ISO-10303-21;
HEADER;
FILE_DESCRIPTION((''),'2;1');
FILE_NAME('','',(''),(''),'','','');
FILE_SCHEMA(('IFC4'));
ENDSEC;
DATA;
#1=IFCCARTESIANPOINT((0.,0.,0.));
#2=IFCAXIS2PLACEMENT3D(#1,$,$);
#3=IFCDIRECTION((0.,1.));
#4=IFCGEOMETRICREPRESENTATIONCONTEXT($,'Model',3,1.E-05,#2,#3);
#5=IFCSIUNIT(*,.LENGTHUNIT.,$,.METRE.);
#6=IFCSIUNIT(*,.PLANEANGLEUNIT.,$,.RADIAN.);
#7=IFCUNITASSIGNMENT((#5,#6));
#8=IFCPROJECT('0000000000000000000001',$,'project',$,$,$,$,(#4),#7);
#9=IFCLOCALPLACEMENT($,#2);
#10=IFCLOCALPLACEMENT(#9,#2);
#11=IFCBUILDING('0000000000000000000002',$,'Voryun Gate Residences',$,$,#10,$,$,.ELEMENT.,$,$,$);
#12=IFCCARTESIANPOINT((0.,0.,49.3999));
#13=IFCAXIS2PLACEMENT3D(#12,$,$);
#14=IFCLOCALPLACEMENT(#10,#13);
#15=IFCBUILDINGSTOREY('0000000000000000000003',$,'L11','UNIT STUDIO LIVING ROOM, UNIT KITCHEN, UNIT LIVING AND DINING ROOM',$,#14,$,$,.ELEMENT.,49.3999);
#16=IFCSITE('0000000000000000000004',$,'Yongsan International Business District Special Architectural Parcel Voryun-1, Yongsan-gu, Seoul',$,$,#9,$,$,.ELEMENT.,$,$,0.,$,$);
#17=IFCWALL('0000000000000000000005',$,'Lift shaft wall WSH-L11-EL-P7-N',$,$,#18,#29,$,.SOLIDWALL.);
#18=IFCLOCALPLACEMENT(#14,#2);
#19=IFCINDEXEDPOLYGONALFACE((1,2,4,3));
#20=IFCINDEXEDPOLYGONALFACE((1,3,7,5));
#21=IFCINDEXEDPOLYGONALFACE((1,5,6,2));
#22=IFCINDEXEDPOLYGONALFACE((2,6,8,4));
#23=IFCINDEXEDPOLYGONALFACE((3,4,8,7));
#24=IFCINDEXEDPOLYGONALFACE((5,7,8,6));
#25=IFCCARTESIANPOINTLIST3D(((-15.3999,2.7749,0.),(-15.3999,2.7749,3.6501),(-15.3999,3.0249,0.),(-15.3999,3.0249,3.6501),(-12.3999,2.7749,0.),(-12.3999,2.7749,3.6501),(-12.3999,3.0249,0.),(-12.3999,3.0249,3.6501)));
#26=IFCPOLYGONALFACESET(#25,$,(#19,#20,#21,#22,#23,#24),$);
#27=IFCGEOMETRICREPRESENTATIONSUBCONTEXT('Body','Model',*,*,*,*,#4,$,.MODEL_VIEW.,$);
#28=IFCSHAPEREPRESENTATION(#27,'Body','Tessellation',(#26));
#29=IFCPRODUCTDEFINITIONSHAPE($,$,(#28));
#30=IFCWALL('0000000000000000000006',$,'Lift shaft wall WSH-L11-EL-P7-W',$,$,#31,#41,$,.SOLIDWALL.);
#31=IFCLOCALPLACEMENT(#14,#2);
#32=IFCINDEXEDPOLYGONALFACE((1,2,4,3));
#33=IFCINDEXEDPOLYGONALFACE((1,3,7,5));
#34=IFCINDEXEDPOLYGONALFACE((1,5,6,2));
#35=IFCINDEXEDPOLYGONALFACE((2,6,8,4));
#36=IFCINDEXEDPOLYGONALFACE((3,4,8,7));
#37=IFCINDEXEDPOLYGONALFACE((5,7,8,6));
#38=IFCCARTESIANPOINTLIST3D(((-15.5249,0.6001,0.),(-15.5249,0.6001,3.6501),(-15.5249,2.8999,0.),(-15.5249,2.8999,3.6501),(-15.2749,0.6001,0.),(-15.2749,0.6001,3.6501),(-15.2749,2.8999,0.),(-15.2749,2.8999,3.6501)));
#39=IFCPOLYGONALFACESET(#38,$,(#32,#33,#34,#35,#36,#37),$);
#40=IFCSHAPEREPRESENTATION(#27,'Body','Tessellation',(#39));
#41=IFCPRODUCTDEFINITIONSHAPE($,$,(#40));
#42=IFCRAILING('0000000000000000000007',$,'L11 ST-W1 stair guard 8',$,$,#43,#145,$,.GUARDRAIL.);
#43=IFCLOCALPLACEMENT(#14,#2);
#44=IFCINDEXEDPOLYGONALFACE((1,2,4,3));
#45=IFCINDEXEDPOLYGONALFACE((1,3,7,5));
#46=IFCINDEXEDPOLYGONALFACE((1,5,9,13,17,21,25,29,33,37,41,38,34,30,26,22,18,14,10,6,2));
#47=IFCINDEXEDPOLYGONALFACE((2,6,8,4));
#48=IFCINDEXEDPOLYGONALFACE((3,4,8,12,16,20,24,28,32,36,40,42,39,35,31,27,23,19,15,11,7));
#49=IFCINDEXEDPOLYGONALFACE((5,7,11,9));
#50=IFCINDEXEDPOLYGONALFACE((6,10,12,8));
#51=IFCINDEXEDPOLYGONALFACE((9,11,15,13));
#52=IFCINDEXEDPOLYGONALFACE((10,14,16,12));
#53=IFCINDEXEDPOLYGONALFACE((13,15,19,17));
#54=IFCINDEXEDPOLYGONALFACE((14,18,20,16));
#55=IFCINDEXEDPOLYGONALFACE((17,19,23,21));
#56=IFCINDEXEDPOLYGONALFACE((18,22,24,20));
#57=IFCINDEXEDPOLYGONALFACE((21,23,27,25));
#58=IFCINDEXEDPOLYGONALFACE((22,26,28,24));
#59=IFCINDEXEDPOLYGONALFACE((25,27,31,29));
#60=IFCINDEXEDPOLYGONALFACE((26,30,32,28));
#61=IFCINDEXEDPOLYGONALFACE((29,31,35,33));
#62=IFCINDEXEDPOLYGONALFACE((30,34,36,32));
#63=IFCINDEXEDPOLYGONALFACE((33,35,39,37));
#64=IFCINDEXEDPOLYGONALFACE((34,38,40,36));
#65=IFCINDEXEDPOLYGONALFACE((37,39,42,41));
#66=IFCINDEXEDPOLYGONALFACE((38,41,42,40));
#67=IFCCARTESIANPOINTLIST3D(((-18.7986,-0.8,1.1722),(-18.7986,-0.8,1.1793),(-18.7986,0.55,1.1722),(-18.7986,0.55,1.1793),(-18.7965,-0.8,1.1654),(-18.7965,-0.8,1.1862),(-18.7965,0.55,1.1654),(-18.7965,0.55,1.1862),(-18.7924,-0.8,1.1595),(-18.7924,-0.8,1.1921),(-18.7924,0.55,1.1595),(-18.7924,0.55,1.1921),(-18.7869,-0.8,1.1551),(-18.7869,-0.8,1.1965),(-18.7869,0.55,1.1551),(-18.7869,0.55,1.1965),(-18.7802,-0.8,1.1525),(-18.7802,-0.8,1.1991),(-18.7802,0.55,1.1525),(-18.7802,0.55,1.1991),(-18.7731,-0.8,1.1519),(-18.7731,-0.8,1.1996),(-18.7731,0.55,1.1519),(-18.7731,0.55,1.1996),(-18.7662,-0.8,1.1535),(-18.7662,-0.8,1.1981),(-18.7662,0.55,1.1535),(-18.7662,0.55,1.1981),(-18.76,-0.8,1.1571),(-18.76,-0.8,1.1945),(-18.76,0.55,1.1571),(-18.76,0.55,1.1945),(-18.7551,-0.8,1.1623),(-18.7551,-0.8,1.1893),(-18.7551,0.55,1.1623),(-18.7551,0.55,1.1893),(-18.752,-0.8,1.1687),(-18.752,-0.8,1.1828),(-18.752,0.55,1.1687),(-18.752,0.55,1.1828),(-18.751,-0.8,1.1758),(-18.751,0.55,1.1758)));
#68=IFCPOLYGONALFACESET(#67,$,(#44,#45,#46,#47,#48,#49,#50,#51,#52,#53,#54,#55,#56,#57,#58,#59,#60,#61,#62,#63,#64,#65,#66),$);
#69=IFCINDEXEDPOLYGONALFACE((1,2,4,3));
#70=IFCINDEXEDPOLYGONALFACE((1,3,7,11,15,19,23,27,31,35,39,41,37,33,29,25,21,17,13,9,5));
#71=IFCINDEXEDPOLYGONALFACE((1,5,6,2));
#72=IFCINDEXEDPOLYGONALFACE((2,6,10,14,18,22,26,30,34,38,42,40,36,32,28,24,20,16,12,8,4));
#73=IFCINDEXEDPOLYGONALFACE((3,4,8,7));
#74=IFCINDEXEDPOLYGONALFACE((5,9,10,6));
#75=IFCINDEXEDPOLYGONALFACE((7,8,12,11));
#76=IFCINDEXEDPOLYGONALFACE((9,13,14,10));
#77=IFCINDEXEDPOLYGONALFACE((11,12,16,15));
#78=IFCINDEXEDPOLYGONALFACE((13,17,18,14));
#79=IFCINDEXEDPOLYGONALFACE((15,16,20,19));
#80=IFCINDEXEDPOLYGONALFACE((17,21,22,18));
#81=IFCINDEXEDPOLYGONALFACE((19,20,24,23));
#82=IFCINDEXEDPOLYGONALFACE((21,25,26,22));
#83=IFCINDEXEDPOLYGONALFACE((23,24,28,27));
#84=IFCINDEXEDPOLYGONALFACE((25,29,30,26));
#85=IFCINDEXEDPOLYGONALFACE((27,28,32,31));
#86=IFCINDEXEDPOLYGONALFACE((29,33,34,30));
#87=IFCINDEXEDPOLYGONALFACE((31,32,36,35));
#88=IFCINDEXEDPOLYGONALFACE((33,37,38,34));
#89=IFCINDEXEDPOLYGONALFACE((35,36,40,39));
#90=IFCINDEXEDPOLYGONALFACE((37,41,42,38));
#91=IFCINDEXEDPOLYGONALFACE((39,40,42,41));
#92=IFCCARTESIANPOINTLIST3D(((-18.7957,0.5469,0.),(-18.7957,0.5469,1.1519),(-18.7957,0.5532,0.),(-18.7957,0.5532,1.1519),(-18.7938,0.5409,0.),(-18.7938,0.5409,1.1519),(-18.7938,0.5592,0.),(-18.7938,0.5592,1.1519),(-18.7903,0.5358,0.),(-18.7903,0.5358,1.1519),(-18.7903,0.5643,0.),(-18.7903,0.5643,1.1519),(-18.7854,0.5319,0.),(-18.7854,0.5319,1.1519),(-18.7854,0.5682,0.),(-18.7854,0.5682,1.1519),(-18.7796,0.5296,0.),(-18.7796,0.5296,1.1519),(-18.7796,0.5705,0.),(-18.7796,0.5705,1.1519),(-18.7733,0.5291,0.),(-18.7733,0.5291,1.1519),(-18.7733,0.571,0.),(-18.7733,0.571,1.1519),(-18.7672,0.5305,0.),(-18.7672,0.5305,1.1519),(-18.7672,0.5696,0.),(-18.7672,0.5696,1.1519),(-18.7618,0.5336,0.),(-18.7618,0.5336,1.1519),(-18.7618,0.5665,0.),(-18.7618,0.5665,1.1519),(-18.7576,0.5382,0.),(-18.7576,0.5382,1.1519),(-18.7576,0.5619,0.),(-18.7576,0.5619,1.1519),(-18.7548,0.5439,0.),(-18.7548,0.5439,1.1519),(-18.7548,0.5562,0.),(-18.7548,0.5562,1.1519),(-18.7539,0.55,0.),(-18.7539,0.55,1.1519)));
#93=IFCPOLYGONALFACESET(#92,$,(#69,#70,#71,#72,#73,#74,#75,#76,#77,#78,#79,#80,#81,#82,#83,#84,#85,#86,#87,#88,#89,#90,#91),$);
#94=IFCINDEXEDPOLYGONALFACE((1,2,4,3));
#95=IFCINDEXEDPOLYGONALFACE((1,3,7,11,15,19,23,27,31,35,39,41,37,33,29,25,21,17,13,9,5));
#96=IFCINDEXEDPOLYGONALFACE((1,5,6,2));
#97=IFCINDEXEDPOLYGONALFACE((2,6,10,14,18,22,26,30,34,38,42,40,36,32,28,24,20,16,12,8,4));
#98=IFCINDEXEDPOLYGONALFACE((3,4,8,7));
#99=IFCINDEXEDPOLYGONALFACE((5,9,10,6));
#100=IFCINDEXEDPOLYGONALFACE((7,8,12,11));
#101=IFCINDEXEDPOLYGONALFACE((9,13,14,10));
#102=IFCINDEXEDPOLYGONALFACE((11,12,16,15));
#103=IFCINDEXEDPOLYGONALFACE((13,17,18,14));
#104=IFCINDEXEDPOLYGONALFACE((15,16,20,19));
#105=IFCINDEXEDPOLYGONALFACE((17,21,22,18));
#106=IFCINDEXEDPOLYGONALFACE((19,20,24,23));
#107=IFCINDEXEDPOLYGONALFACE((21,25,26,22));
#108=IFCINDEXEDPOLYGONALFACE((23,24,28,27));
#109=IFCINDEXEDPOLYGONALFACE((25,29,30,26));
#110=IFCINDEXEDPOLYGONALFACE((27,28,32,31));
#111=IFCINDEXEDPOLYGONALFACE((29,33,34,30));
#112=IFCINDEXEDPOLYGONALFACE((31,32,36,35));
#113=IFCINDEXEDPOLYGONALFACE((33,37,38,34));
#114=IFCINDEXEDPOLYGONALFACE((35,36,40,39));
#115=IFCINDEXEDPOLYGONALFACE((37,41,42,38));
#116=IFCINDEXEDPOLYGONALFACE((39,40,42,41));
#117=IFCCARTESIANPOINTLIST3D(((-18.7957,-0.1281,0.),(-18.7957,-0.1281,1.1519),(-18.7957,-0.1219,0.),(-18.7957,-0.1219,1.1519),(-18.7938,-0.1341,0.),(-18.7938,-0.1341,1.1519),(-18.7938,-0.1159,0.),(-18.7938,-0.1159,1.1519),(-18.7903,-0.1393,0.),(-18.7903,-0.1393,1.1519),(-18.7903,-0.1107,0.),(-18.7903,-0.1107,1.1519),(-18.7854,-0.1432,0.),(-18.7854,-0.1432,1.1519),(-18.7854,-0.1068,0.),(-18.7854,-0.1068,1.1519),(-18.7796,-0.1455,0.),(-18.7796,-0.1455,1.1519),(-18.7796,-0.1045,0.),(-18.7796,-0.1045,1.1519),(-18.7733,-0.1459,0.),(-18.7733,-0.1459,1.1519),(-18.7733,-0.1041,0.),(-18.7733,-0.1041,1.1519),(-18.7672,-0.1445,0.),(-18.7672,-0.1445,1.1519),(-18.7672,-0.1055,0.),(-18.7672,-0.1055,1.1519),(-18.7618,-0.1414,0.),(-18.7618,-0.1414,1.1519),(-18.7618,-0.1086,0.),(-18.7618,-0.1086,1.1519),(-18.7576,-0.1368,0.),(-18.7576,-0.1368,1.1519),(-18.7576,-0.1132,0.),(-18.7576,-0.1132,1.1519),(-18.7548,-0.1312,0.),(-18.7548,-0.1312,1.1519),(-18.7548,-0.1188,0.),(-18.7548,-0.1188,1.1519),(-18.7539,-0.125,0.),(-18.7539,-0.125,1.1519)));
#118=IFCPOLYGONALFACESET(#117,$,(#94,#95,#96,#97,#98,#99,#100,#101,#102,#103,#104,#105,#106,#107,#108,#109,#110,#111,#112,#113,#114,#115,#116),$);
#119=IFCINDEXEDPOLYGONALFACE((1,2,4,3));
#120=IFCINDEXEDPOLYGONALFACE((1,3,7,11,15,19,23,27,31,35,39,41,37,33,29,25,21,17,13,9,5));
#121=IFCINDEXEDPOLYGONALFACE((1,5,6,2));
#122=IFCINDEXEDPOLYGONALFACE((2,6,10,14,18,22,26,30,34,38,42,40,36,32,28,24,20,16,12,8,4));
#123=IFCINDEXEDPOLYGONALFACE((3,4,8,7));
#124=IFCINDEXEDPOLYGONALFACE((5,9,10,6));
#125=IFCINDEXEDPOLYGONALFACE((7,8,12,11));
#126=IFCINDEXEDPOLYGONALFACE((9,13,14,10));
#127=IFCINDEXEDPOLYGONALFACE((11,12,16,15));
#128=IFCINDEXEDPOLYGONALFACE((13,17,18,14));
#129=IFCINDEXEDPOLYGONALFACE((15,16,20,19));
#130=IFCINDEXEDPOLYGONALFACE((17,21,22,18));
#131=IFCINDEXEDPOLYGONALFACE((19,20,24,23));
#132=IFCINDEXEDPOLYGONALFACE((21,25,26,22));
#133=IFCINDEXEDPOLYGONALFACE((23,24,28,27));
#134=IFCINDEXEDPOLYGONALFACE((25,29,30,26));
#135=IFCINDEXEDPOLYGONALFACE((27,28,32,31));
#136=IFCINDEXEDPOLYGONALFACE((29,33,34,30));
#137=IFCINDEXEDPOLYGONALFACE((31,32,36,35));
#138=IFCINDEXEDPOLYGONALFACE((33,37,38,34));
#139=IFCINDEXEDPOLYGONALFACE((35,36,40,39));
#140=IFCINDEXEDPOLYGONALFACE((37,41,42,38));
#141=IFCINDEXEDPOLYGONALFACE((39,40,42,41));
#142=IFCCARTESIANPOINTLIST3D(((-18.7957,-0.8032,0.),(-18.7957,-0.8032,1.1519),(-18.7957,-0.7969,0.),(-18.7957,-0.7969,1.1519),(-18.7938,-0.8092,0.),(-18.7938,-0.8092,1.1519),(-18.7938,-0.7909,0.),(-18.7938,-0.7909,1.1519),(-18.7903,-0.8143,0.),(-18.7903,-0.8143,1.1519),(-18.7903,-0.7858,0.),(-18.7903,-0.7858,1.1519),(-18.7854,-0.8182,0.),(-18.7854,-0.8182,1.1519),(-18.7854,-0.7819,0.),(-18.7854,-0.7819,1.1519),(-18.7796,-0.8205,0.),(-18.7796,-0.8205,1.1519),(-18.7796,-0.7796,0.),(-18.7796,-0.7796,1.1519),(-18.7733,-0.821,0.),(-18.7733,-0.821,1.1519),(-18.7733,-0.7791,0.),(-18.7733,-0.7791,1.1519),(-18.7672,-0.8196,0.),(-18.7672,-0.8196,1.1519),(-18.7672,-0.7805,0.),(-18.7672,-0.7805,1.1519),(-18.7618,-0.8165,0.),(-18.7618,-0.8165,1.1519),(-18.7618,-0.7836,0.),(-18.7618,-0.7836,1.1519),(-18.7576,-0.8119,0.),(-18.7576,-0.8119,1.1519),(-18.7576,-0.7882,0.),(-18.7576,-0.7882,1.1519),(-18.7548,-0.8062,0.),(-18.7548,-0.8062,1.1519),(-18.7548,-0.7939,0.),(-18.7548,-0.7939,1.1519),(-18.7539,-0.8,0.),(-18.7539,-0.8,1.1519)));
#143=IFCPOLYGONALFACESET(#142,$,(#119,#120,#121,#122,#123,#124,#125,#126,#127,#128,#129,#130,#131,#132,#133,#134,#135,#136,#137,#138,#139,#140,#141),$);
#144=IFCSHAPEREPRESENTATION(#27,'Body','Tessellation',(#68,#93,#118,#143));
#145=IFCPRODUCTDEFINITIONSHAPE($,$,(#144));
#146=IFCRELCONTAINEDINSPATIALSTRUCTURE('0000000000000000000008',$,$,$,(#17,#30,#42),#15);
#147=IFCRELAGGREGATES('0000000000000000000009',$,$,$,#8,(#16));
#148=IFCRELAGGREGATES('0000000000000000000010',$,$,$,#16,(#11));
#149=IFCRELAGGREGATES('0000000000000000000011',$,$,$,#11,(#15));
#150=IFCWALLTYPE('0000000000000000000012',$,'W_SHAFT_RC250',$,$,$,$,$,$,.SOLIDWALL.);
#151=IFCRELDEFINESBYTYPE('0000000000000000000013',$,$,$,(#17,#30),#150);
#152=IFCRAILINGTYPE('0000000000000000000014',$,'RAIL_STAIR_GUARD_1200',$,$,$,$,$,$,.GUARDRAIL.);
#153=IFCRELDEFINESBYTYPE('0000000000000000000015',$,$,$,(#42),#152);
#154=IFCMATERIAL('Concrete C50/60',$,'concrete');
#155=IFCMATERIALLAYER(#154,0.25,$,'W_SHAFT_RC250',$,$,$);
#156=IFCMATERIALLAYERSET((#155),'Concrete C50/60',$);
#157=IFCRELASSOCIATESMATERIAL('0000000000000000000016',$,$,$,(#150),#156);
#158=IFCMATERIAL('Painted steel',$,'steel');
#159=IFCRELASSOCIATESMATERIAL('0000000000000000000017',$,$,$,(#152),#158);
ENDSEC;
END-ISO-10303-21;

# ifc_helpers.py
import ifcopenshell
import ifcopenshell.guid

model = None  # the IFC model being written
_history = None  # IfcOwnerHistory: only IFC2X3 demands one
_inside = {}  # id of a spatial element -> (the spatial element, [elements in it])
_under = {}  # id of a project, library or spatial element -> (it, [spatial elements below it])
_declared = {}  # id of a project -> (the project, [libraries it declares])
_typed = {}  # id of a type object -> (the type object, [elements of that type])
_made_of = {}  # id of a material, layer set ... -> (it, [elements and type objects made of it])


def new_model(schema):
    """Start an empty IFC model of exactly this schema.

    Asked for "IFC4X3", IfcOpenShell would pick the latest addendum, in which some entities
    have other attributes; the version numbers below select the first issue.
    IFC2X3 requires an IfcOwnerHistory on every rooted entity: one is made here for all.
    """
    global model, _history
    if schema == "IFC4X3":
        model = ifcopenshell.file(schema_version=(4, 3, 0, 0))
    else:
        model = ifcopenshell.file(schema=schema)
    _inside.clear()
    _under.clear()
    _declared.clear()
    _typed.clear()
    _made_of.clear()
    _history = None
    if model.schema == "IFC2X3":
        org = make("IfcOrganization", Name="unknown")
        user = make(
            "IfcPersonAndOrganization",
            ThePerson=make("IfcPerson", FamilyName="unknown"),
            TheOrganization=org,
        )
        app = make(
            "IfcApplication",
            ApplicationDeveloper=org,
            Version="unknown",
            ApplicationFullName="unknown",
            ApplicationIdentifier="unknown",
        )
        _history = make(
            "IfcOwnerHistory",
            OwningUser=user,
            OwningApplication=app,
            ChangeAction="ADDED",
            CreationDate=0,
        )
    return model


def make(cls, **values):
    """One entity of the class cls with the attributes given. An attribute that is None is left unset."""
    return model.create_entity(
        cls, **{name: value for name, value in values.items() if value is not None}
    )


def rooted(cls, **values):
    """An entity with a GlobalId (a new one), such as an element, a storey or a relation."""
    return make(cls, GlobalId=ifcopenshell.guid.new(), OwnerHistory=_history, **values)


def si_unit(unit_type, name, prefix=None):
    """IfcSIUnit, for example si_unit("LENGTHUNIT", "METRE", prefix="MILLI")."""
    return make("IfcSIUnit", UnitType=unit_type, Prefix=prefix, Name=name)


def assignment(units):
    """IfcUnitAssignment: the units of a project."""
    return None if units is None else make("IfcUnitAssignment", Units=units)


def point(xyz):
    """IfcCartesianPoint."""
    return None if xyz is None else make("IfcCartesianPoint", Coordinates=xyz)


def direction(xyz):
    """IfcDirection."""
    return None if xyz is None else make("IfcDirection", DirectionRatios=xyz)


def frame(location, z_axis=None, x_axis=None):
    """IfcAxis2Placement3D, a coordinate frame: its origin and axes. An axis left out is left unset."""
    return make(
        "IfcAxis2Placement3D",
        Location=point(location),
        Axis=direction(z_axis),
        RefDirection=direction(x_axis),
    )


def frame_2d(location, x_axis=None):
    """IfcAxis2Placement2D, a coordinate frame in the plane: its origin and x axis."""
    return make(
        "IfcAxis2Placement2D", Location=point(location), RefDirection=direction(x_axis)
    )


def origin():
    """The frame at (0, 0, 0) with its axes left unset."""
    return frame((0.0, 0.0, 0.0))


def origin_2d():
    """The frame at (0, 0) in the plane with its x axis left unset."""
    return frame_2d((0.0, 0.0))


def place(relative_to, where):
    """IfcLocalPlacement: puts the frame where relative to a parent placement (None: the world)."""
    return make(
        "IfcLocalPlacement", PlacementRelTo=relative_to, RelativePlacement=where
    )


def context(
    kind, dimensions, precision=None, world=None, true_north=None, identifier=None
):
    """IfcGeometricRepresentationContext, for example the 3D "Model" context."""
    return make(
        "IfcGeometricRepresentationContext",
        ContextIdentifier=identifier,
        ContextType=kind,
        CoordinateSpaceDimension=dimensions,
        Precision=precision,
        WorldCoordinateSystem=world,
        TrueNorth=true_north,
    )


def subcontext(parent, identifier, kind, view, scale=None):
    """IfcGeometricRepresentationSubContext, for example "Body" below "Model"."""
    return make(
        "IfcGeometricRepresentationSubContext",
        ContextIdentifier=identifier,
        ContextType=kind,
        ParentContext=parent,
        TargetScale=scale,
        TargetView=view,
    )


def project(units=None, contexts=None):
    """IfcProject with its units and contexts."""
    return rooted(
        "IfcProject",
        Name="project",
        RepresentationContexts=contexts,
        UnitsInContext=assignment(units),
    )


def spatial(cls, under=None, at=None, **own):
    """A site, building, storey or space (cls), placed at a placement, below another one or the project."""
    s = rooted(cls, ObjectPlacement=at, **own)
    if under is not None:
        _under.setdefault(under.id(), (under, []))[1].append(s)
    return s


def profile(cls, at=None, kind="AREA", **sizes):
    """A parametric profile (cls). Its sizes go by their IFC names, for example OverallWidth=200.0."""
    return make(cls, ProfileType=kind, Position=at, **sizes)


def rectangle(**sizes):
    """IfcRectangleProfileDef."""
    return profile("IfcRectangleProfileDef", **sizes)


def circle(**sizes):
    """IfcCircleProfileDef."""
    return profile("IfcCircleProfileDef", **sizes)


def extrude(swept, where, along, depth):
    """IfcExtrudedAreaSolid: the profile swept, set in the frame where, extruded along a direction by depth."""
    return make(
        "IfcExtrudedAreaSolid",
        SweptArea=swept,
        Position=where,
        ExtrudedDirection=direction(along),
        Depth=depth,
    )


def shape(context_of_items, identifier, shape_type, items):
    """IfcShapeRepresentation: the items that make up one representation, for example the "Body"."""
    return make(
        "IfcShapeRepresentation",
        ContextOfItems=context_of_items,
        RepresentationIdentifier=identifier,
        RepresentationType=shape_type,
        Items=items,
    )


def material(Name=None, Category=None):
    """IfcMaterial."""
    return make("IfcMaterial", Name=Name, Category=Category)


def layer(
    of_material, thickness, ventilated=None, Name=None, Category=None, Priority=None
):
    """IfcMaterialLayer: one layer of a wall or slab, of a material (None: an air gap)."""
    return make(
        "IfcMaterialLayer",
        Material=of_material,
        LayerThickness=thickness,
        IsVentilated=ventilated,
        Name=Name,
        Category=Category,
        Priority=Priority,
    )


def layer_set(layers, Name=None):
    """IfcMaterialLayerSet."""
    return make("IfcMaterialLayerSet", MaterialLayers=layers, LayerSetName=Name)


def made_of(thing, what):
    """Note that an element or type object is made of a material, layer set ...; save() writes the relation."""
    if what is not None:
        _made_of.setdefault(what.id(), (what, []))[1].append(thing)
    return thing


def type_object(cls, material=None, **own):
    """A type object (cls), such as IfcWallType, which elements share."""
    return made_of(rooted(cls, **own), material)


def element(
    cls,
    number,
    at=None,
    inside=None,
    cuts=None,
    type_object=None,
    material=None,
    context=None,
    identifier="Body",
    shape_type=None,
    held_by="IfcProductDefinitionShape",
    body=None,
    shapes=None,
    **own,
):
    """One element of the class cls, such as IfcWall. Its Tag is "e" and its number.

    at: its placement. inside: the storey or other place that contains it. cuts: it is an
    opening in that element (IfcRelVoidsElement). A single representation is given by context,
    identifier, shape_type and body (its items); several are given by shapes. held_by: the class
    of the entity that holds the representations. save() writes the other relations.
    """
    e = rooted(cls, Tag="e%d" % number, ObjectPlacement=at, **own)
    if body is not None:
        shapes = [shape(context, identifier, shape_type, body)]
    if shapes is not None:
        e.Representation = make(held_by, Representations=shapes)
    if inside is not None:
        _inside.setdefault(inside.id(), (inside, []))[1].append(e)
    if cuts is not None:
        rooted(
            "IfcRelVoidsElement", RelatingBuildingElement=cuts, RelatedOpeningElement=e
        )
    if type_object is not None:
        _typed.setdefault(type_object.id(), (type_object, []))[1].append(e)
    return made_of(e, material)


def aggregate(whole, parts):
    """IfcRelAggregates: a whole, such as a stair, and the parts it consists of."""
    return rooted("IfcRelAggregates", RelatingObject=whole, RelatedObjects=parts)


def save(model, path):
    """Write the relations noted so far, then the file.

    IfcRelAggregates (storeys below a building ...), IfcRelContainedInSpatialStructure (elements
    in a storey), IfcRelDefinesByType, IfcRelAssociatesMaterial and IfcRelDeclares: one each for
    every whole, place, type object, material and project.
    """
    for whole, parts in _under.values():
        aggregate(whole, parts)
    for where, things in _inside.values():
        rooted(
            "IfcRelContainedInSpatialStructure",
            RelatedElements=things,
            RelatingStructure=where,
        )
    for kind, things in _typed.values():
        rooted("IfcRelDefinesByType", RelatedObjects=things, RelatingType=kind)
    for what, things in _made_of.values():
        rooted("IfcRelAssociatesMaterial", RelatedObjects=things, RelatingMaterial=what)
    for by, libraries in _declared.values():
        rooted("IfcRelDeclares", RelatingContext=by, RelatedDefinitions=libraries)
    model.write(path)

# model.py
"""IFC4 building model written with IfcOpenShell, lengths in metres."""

from ifc_helpers import new_model, si_unit, direction, frame, frame_2d, origin, origin_2d, place, context, subcontext, project, spatial, rectangle, circle, extrude, material, layer, layer_set, type_object, element, save


model = new_model("IFC4")

# Units and contexts
model_context = context("Model", 3, precision=1e-05, world=origin(), true_north=direction((0.0, 1.0)))
body_context = subcontext(model_context, "Body", "Model", "MODEL_VIEW")
ifc_project = project(units=[si_unit("LENGTHUNIT", "METRE"), si_unit("PLANEANGLEUNIT", "RADIAN")], contexts=[model_context])

# Site, building, storey
site_placement = place(None, origin())
site = spatial("IfcSite", under=ifc_project, at=site_placement, Name="Yongsan International Business District Special Architectural Parcel Voryun-1, Yongsan-gu, Seoul", CompositionType="ELEMENT", RefElevation=0.0)
building_placement = place(site_placement, origin())
building = spatial("IfcBuilding", under=site, at=building_placement, Name="Voryun Gate Residences", CompositionType="ELEMENT")
storey_placement = place(building_placement, frame((0.0, 0.0, 49.3999)))
storey = spatial("IfcBuildingStorey", under=building, at=storey_placement, Name="L11", Description="UNIT STUDIO LIVING ROOM, UNIT KITCHEN, UNIT LIVING AND DINING ROOM", CompositionType="ELEMENT", Elevation=49.3999)

# Shared definitions
ifc_material_1 = material(Name="Concrete C50/60", Category="concrete")
ifc_layer_1 = layer(ifc_material_1, 0.25, Name="W_SHAFT_RC250")
ifc_layer_set_1 = layer_set([ifc_layer_1], Name="Concrete C50/60")
wall_type_1 = type_object("IfcWallType", Name="W_SHAFT_RC250", PredefinedType="SOLIDWALL", material=ifc_layer_set_1)

# Walls
wall_1_placement = place(storey_placement, frame((-12.3999, 2.8999, 0.0), z_axis=(0.0, 0.0, 1.0), x_axis=(-1.0, 0.0, 0.0)))
element("IfcWall", 1, at=wall_1_placement, inside=storey, type_object=wall_type_1, Name="Lift shaft wall WSH-L11-EL-P7-N", PredefinedType="SOLIDWALL", context=body_context, shape_type="SweptSolid", body=[
    extrude(rectangle(XDim=3.0, YDim=0.25, at=frame_2d((1.5, 0.0))), origin(), (0.0, 0.0, 1.0), 3.6501),
])
wall_2_placement = place(storey_placement, frame((-15.3999, 2.8999, 0.0), z_axis=(0.0, 0.0, 1.0), x_axis=(0.0, -1.0, 0.0)))
element("IfcWall", 2, at=wall_2_placement, inside=storey, type_object=wall_type_1, Name="Lift shaft wall WSH-L11-EL-P7-W", PredefinedType="SOLIDWALL", context=body_context, shape_type="SweptSolid", body=[
    extrude(rectangle(XDim=2.2998, YDim=0.25, at=frame_2d((1.1499, 0.0))), origin(), (0.0, 0.0, 1.0), 3.6501),
])

# Railing
ifc_material_2 = material(Name="Painted steel", Category="steel")
railing_type = type_object("IfcRailingType", Name="RAIL_STAIR_GUARD_1200", PredefinedType="GUARDRAIL", material=ifc_material_2)
for number, where, name in (
    (3, (-18.7749, 0.55, 0.0), "L11 ST-W1 stair guard 8"),
):
    element("IfcRailing", number, at=place(storey_placement, frame(where)), inside=storey, type_object=railing_type, Name=name, PredefinedType="GUARDRAIL", context=body_context, shape_type="SweptSolid", body=[
        extrude(circle(Radius=0.0239, at=origin_2d()), frame((0.0, 0.0, 1.1758), z_axis=(0.0, -1.0, 0.0), x_axis=(1.0, 0.0, 0.0)), (0.0, 0.0, 1.0), 1.3501),
        extrude(circle(Radius=0.021, at=origin_2d()), origin(), (0.0, 0.0, 1.0), 1.1519),
        extrude(circle(Radius=0.021, at=origin_2d()), frame((0.0, -0.675, 0.0)), (0.0, 0.0, 1.0), 1.1519),
        extrude(circle(Radius=0.021, at=origin_2d()), frame((0.0, -1.3501, 0.0)), (0.0, 0.0, 1.0), 1.1519),
    ])

save(model, "model.ifc")
